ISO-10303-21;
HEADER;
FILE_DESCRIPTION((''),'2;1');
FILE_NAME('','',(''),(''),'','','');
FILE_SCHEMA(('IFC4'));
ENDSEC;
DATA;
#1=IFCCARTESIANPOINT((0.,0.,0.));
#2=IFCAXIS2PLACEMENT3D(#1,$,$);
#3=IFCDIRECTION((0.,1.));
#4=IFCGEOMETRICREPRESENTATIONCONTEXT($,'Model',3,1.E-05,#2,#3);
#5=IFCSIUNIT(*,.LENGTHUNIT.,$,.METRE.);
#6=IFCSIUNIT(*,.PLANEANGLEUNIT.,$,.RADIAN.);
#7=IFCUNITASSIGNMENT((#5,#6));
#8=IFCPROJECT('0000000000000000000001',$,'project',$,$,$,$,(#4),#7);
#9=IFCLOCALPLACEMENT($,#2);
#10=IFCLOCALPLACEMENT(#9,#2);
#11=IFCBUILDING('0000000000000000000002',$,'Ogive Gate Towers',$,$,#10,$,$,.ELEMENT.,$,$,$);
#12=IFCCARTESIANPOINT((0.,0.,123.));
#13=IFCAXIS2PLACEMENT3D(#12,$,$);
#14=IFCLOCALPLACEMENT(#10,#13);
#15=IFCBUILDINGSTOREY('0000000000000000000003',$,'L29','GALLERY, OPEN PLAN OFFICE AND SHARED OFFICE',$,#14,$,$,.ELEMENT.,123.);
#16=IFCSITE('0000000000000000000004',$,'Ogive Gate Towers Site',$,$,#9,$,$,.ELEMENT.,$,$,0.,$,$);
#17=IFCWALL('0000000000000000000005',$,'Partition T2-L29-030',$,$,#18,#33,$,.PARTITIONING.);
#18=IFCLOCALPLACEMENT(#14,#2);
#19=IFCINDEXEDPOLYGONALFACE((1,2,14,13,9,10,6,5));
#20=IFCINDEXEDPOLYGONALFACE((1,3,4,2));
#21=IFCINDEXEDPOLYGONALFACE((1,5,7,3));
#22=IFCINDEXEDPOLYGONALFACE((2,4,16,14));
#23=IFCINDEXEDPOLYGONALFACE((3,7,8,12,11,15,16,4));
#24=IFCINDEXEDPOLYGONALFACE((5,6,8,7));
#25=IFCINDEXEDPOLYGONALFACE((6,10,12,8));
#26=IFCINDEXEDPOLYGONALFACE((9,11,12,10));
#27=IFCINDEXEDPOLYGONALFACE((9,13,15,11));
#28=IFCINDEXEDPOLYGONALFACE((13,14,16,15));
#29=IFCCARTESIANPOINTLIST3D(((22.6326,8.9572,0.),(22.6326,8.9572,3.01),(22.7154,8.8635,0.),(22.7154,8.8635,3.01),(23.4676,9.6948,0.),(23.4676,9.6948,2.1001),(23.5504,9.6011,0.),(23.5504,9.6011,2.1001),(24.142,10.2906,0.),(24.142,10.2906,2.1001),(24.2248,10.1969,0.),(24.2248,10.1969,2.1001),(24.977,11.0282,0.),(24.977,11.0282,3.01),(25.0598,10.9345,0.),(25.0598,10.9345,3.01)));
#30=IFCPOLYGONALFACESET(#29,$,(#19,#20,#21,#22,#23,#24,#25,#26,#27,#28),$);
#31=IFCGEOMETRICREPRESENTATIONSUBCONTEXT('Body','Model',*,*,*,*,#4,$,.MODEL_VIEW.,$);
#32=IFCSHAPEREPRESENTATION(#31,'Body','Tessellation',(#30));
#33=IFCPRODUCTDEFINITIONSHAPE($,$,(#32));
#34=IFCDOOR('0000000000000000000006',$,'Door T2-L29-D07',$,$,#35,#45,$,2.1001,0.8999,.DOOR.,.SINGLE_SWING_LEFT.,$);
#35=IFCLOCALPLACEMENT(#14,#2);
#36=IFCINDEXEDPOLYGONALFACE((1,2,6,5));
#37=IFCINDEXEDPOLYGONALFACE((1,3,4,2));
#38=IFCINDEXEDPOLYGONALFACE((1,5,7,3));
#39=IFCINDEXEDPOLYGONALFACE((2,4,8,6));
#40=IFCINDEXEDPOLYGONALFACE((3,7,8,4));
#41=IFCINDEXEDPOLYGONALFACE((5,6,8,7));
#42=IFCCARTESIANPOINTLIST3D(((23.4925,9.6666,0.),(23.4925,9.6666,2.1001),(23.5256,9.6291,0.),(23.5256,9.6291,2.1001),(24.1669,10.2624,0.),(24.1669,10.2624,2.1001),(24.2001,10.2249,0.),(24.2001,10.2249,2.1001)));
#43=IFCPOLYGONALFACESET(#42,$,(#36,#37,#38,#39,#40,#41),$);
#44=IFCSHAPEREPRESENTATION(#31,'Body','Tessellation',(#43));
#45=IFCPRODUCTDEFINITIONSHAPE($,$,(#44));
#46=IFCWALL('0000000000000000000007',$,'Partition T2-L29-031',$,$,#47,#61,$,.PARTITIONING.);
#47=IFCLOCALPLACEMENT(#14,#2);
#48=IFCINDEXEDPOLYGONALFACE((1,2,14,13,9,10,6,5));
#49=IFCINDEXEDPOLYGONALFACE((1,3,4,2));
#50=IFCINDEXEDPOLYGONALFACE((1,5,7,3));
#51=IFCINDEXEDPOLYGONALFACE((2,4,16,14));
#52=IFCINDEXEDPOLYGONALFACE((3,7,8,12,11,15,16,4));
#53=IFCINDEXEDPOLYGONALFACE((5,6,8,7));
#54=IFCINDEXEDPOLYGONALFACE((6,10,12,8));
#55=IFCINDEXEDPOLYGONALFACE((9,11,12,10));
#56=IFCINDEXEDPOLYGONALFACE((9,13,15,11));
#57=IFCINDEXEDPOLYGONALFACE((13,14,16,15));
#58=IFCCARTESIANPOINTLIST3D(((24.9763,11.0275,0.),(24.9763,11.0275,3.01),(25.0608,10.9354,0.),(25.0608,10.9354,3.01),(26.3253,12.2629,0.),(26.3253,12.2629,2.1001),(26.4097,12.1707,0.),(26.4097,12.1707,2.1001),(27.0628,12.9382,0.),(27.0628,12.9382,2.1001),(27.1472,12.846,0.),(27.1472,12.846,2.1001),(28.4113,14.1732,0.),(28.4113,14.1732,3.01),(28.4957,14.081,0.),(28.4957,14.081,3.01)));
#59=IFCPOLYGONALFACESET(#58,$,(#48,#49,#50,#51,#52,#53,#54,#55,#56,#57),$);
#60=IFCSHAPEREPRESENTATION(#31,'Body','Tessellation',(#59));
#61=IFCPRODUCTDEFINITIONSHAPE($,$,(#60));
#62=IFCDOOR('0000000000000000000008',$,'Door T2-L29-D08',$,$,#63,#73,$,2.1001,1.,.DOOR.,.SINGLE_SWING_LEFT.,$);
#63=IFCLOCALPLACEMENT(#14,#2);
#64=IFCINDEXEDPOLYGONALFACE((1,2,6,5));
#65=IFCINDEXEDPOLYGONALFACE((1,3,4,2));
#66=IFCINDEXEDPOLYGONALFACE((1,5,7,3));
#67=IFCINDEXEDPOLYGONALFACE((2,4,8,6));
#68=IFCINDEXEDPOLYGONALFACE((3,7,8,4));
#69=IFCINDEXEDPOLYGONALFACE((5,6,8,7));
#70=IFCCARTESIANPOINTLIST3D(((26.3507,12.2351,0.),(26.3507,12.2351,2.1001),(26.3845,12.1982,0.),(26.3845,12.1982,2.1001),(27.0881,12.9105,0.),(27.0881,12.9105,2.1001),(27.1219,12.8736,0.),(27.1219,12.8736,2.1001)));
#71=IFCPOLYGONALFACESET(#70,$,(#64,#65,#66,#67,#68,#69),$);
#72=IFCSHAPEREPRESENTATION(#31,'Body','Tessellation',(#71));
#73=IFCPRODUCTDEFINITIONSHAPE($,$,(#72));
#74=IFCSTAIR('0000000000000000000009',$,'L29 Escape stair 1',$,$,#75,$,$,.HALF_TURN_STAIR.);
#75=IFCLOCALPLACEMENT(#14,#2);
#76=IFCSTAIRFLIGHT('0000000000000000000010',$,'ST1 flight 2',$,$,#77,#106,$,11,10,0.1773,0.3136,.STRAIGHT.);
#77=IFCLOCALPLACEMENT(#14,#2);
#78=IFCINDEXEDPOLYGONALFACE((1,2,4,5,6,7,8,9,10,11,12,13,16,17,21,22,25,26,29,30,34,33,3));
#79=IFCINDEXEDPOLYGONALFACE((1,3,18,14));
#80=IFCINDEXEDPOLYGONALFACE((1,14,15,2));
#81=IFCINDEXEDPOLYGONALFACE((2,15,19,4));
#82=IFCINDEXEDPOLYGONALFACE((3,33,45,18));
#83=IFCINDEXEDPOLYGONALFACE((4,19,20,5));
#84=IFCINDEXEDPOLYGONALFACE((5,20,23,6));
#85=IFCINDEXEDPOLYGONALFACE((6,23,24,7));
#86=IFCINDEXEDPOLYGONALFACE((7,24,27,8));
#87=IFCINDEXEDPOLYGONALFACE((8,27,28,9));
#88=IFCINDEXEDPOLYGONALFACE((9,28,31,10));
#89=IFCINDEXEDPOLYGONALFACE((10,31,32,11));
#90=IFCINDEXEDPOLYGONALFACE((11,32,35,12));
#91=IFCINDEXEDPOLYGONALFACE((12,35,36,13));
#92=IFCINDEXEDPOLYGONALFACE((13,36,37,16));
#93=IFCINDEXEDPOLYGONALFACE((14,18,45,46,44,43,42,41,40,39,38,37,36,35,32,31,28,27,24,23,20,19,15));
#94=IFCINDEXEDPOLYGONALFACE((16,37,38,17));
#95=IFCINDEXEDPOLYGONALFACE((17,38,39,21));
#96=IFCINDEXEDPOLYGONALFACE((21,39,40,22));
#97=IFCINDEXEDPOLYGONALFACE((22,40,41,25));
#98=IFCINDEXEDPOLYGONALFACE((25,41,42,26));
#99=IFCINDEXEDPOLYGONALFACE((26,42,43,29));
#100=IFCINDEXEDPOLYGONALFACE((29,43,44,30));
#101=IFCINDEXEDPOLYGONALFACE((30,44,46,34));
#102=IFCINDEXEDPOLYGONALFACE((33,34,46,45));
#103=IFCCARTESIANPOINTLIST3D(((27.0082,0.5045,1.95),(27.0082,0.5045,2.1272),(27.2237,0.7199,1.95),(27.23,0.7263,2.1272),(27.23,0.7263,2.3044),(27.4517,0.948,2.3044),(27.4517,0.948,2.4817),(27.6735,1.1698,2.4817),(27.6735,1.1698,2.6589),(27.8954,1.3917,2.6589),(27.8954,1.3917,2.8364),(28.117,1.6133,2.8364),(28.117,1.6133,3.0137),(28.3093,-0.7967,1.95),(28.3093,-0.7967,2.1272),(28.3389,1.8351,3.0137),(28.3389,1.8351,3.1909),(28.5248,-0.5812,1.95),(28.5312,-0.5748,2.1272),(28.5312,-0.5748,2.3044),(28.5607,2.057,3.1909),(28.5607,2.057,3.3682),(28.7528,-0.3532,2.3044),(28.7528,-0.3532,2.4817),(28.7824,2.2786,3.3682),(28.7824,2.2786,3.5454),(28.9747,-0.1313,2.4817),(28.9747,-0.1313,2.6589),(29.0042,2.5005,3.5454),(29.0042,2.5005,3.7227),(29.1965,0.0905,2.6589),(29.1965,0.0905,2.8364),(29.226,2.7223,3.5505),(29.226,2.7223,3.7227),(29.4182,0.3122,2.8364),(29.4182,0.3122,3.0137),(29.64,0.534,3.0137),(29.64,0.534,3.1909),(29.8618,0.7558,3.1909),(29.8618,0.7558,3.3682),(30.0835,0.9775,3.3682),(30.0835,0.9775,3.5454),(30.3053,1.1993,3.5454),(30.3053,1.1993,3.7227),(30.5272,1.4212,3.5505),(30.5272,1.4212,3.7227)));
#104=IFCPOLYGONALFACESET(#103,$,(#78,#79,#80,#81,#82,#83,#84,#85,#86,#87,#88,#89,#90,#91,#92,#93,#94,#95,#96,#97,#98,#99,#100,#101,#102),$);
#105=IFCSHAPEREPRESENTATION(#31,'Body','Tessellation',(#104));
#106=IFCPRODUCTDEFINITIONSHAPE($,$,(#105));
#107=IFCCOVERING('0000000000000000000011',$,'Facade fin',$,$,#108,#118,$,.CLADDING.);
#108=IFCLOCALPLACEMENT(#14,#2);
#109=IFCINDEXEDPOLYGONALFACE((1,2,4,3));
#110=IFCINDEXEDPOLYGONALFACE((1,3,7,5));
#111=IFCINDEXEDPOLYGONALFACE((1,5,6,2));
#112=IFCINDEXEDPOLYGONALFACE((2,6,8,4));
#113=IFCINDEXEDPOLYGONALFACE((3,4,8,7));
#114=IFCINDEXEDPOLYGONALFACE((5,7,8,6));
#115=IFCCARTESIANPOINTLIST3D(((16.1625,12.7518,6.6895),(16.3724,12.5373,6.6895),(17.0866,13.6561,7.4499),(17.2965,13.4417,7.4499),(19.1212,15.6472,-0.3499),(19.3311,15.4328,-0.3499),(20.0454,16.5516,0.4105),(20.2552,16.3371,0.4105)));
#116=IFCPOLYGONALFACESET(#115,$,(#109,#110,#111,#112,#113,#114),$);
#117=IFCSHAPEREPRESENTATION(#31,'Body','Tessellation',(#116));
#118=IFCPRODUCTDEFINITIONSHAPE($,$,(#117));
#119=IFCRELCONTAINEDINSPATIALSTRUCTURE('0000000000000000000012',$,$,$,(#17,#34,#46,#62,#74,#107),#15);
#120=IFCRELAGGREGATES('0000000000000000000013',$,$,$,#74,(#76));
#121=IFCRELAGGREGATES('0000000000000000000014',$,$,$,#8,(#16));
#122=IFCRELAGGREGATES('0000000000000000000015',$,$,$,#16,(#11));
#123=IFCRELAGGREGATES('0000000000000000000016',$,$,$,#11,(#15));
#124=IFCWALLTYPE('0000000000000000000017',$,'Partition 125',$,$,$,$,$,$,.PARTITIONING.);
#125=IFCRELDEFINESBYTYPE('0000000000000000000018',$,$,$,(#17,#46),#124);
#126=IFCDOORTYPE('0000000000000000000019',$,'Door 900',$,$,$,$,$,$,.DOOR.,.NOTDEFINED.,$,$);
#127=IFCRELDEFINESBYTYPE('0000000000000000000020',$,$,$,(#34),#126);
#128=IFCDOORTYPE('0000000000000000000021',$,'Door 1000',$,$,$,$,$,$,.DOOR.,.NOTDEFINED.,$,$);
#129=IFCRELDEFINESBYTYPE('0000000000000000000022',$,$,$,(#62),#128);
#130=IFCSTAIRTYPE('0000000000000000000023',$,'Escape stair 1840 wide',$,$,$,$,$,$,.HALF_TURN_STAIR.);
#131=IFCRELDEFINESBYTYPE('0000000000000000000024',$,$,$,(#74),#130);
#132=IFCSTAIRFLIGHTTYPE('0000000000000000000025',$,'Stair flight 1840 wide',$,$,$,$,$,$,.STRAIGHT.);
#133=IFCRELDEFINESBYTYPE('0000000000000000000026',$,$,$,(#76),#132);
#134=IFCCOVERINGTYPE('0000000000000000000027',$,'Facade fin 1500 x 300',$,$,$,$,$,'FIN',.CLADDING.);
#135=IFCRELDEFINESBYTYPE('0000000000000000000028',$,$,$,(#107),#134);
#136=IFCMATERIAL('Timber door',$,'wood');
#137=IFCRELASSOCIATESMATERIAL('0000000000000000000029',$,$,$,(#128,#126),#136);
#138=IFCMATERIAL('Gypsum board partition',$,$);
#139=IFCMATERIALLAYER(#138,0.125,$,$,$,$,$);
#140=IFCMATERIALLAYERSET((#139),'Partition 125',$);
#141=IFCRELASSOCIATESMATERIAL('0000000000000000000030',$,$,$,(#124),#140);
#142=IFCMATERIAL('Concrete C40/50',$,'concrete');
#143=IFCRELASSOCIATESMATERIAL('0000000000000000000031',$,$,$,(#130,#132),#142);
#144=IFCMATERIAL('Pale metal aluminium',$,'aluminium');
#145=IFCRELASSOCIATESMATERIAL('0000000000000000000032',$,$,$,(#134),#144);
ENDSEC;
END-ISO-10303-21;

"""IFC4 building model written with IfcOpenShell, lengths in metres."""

from ifc_helpers import new_model, si_unit, direction, frame, frame_2d, origin, origin_2d, place, context, subcontext, project, spatial, polyline, rectangle, outline, extrude, material, layer, layer_set, material_profile, profile_set, type_object, element, fill, aggregate, save


model = new_model("IFC4")

# Units and contexts
model_context = context("Model", 3, precision=1e-05, world=origin(), true_north=direction((0.0, 1.0)))
body_context = subcontext(model_context, "Body", "Model", "MODEL_VIEW")
ifc_project = project(units=[si_unit("LENGTHUNIT", "METRE"), si_unit("PLANEANGLEUNIT", "RADIAN")], contexts=[model_context])

# Site, building, storey
site_placement = place(None, origin())
site = spatial("IfcSite", under=ifc_project, at=site_placement, Name="Ogive Gate Towers Site", CompositionType="ELEMENT", RefElevation=0.0)
building_placement = place(site_placement, origin())
building = spatial("IfcBuilding", under=site, at=building_placement, Name="Ogive Gate Towers", CompositionType="ELEMENT")
storey_placement = place(building_placement, frame((0.0, 0.0, 123.0)))
storey = spatial("IfcBuildingStorey", under=building, at=storey_placement, Name="L29", Description="GALLERY, OPEN PLAN OFFICE AND SHARED OFFICE", CompositionType="ELEMENT", Elevation=123.0)

# Shared definitions
ifc_material_1 = material(Name="Concrete C40/50", Category="concrete")

# Shared definitions
ifc_material_2 = material(Name="Pale metal aluminium", Category="aluminium")

# Shared definitions
ifc_material_3 = material(Name="Timber door", Category="wood")
door_type_1 = type_object("IfcDoorType", Name="Door 1000", OperationType="NOTDEFINED", PredefinedType="DOOR", material=ifc_material_3)

# Walls, openings, doors
ifc_material_4 = material(Name="Gypsum board partition")
ifc_layer_1 = layer(ifc_material_4, 0.125)
ifc_layer_set_1 = layer_set([ifc_layer_1], Name="Partition 125")
wall_type_1 = type_object("IfcWallType", Name="Partition 125", PredefinedType="PARTITIONING", material=ifc_layer_set_1)
wall_1_placement = place(storey_placement, frame((22.6741, 8.9104, 0.0), z_axis=(0.0, 0.0, 1.0), x_axis=(0.74946, 0.66205, 0.0)))
wall_1 = element("IfcWall", 1, at=wall_1_placement, inside=storey, type_object=wall_type_1, Name="Partition T2-L29-030", PredefinedType="PARTITIONING", context=body_context, shape_type="SweptSolid", body=[
    extrude(rectangle(XDim=3.1282, YDim=0.125, at=frame_2d((1.564, 0.0))), origin(), (0.0, 0.0, 1.0), 3.01),
])
opening_1_placement = place(wall_1_placement, frame((1.114, 0.0, 0.0)))
opening_1 = element("IfcOpeningElement", 2, at=opening_1_placement, cuts=wall_1, PredefinedType="OPENING", context=body_context, shape_type="SweptSolid", body=[
    extrude(rectangle(XDim=0.8999, YDim=2.1001, at=frame_2d((0.45, 1.05))), frame((0.0, 0.0725, 0.0), z_axis=(0.0, -1.0, 0.0), x_axis=(1.0, 0.0, 0.0)), (0.0, 0.0, 1.0), 0.145),
])
door_type_2 = type_object("IfcDoorType", Name="Door 900", OperationType="NOTDEFINED", PredefinedType="DOOR", material=ifc_material_3)
door_1_placement = place(opening_1_placement, origin())
door_1 = element("IfcDoor", 3, at=door_1_placement, inside=storey, type_object=door_type_2, Name="Door T2-L29-D07", OperationType="SINGLE_SWING_LEFT", OverallHeight=2.1001, OverallWidth=0.8999, PredefinedType="DOOR", context=body_context, shape_type="SweptSolid", body=[
    extrude(rectangle(XDim=0.8999, YDim=2.1001, at=frame_2d((0.45, 1.05))), frame((0.0, 0.0249, 0.0), z_axis=(0.0, -1.0, 0.0), x_axis=(1.0, 0.0, 0.0)), (0.0, 0.0, 1.0), 0.05),
])
fill(opening_1, door_1)
wall_2_placement = place(storey_placement, frame((25.0186, 10.9814, 0.0), z_axis=(0.0, 0.0, 1.0), x_axis=(0.73748, 0.675369, 0.0)))
wall_2 = element("IfcWall", 4, at=wall_2_placement, inside=storey, type_object=wall_type_1, Name="Partition T2-L29-031", PredefinedType="PARTITIONING", context=body_context, shape_type="SweptSolid", body=[
    extrude(rectangle(XDim=4.6577, YDim=0.125, at=frame_2d((2.3289, 0.0))), origin(), (0.0, 0.0, 1.0), 3.01),
])
opening_2_placement = place(wall_2_placement, frame((1.8291, 0.0, 0.0)))
opening_2 = element("IfcOpeningElement", 5, at=opening_2_placement, cuts=wall_2, PredefinedType="OPENING", context=body_context, shape_type="SweptSolid", body=[
    extrude(rectangle(XDim=1.0, YDim=2.1001, at=frame_2d((0.5, 1.05))), frame((0.0, 0.0725, 0.0), z_axis=(0.0, -1.0, 0.0), x_axis=(1.0, 0.0, 0.0)), (0.0, 0.0, 1.0), 0.145),
])
door_2_placement = place(opening_2_placement, origin())
door_2 = element("IfcDoor", 6, at=door_2_placement, inside=storey, type_object=door_type_1, Name="Door T2-L29-D08", OperationType="SINGLE_SWING_LEFT", OverallHeight=2.1001, OverallWidth=1.0, PredefinedType="DOOR", context=body_context, shape_type="SweptSolid", body=[
    extrude(rectangle(XDim=1.0, YDim=2.1001, at=frame_2d((0.5, 1.05))), frame((0.0, 0.0249, 0.0), z_axis=(0.0, -1.0, 0.0), x_axis=(1.0, 0.0, 0.0)), (0.0, 0.0, 1.0), 0.05),
])
fill(opening_2, door_2)

# Stair, stair flight
stair_type = type_object("IfcStairType", Name="Escape stair 1840 wide", PredefinedType="HALF_TURN_STAIR", material=ifc_material_1)
stair_placement = place(storey_placement, origin())
stair = element("IfcStair", 7, at=stair_placement, inside=storey, type_object=stair_type, Name="L29 Escape stair 1", PredefinedType="HALF_TURN_STAIR")
stair_flight_type = type_object("IfcStairFlightType", Name="Stair flight 1840 wide", PredefinedType="STRAIGHT", material=ifc_material_1)
stair_flight_placement = place(storey_placement, frame((27.6587, -0.146, 1.95), z_axis=(0.0, 0.0, 1.0), x_axis=(0.707107, 0.707107, 0.0)))
stair_flight = element("IfcStairFlight", 8, at=stair_flight_placement, type_object=stair_flight_type, Name="ST1 flight 2", NumberOfRisers=11, NumberOfTreads=10, PredefinedType="STRAIGHT", RiserHeight=0.1773, TreadLength=0.3136, context=body_context, shape_type="SweptSolid", body=[
    extrude(outline(polyline([(0.0, 0.0), (0.0, 0.1772), (0.3137, 0.1772), (0.3137, 0.3545), (0.6272, 0.3545), (0.6272, 0.5317), (0.9409, 0.5317), (0.9409, 0.709), (1.2546, 0.709), (1.2546, 0.8865), (1.5681, 0.8865), (1.5681, 1.0637), (1.8818, 1.0637), (1.8818, 1.241), (2.1956, 1.241), (2.1956, 1.4182), (2.509, 1.4182), (2.509, 1.5955), (2.8228, 1.5955), (2.8228, 1.7727), (3.1365, 1.7727), (3.1365, 1.95), (3.1365, 1.6006), (0.3047, 0.0), (0.0, 0.0)])), frame((0.0, 0.9199, 0.0), z_axis=(0.0, -1.0, 0.0), x_axis=(1.0, 0.0, 0.0)), (0.0, 0.0, 1.0), 1.8401),
])
aggregate(stair, [stair_flight])

# Covering
ifc_material_profile_1 = material_profile(ifc_material_2, rectangle(XDim=0.3, YDim=1.5, at=origin_2d()), Name="1500 x 300 pale metal aluminium")
ifc_profile_set_1 = profile_set([ifc_material_profile_1], Name="Pale metal aluminium")
covering_type = type_object("IfcCoveringType", Name="Facade fin 1500 x 300", ElementType="FIN", PredefinedType="CLADDING", material=ifc_profile_set_1)
covering_placement = place(storey_placement, frame((19.6882, 15.9922, 0.0303), z_axis=(-0.362298, -0.354555, 0.861993), x_axis=(0.699428, -0.714703, 0.0)))
element("IfcCovering", 9, at=covering_placement, inside=storey, type_object=covering_type, Name="Facade fin", PredefinedType="CLADDING", context=body_context, shape_type="SweptSolid", body=[
    extrude(rectangle(XDim=0.3, YDim=1.5, at=origin_2d()), origin(), (0.0, 0.0, 1.0), 8.1665),
])

save(model, "model.ifc")
